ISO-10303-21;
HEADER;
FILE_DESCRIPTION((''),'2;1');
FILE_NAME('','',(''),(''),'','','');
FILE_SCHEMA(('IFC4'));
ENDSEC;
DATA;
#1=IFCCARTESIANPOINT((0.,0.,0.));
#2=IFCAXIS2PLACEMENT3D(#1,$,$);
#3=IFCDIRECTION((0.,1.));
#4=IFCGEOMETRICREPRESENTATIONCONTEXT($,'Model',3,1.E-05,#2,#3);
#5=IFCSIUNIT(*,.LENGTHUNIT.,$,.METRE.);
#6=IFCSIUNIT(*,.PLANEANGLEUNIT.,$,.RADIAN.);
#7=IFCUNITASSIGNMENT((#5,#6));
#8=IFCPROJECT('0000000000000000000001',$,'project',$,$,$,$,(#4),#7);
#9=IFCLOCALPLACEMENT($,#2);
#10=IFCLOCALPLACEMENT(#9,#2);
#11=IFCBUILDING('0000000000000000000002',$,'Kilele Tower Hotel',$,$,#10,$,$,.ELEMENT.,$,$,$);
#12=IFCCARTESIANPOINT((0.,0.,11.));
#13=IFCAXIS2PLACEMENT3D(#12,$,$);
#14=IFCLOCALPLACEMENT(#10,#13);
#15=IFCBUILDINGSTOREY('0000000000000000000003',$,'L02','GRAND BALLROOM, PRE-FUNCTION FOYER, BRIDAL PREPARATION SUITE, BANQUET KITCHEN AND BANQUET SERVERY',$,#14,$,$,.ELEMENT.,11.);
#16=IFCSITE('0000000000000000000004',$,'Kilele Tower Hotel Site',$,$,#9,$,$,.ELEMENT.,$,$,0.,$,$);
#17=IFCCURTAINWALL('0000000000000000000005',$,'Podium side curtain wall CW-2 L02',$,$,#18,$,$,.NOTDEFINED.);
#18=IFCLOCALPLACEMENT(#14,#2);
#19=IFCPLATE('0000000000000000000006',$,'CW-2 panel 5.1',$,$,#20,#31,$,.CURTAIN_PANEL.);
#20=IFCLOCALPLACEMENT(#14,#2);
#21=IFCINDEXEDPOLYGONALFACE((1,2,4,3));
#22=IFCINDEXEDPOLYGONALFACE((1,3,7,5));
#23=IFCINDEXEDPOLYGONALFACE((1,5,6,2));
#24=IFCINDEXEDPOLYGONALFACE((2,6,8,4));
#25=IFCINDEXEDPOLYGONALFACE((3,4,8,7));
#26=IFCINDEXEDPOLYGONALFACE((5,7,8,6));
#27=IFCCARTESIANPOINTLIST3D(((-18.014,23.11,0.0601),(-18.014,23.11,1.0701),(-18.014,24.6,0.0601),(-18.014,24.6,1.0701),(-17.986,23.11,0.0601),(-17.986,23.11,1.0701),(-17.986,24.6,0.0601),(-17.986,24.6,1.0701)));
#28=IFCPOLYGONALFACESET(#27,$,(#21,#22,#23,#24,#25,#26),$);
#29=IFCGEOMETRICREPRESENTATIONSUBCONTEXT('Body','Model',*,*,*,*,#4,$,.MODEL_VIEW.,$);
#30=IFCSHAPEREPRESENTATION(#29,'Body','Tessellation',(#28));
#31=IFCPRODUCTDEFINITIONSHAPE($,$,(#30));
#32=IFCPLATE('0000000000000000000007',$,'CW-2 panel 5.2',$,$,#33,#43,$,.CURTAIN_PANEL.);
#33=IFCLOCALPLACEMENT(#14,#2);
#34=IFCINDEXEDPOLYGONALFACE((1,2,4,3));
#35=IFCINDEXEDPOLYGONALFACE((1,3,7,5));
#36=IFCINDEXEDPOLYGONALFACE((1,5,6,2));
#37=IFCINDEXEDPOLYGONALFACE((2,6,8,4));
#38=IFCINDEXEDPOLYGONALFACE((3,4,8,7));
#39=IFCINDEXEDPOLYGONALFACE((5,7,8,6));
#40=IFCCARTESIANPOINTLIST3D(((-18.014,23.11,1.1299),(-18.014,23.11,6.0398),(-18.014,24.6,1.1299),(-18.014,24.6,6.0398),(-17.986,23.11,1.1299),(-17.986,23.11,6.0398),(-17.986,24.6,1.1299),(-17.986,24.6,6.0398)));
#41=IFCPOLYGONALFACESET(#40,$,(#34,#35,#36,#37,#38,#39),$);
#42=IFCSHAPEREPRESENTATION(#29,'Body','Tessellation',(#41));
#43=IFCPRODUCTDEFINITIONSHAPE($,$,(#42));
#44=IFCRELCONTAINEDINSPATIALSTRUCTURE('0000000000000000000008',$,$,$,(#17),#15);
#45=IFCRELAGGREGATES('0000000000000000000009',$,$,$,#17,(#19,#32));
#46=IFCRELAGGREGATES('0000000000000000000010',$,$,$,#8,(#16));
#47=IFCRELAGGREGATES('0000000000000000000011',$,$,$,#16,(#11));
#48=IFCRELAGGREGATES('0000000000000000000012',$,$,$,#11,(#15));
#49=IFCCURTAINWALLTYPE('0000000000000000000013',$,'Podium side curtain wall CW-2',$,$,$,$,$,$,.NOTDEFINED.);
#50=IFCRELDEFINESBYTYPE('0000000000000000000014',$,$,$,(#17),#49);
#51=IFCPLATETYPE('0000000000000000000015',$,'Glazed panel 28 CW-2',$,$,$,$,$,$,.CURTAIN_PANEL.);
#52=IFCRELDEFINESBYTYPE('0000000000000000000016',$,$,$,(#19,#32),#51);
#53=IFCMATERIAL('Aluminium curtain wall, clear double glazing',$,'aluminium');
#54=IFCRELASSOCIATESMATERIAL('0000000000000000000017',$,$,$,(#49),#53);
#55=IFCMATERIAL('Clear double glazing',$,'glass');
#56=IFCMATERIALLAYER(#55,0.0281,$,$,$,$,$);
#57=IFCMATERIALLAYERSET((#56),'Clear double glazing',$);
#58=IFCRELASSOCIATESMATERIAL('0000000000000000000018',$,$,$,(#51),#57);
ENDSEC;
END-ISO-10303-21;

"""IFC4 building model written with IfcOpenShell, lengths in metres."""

from ifc_helpers import new_model, si_unit, direction, frame, origin, origin_2d, place, context, subcontext, project, spatial, rectangle, extrude, material, layer, layer_set, type_object, element, aggregate, save


model = new_model("IFC4")

# Units and contexts
model_context = context("Model", 3, precision=1e-05, world=origin(), true_north=direction((0.0, 1.0)))
body_context = subcontext(model_context, "Body", "Model", "MODEL_VIEW")
ifc_project = project(units=[si_unit("LENGTHUNIT", "METRE"), si_unit("PLANEANGLEUNIT", "RADIAN")], contexts=[model_context])

# Site, building, storey
site_placement = place(None, origin())
site = spatial("IfcSite", under=ifc_project, at=site_placement, Name="Kilele Tower Hotel Site", CompositionType="ELEMENT", RefElevation=0.0)
building_placement = place(site_placement, origin())
building = spatial("IfcBuilding", under=site, at=building_placement, Name="Kilele Tower Hotel", CompositionType="ELEMENT")
storey_placement = place(building_placement, frame((0.0, 0.0, 11.0)))
storey = spatial("IfcBuildingStorey", under=building, at=storey_placement, Name="L02", Description="GRAND BALLROOM, PRE-FUNCTION FOYER, BRIDAL PREPARATION SUITE, BANQUET KITCHEN AND BANQUET SERVERY", CompositionType="ELEMENT", Elevation=11.0)

# Curtain wall
ifc_material_1 = material(Name="Aluminium curtain wall, clear double glazing", Category="aluminium")
curtain_wall_type = type_object("IfcCurtainWallType", Name="Podium side curtain wall CW-2", PredefinedType="NOTDEFINED", material=ifc_material_1)
curtain_wall_1_placement = place(storey_placement, origin())
curtain_wall_1 = element("IfcCurtainWall", 1, at=curtain_wall_1_placement, inside=storey, type_object=curtain_wall_type, Name="Podium side curtain wall CW-2 L02", PredefinedType="NOTDEFINED")

# Plates
ifc_material_2 = material(Name="Clear double glazing", Category="glass")
ifc_layer = layer(ifc_material_2, 0.0281)
ifc_layer_set = layer_set([ifc_layer], Name="Clear double glazing")
plate_type = type_object("IfcPlateType", Name="Glazed panel 28 CW-2", PredefinedType="CURTAIN_PANEL", material=ifc_layer_set)
plate_1_placement = place(storey_placement, frame((-18.0, 23.855, 0.0601), z_axis=(0.0, 0.0, 1.0), x_axis=(0.0, -1.0, 0.0)))
plate_1 = element("IfcPlate", 2, at=plate_1_placement, type_object=plate_type, Name="CW-2 panel 5.1", PredefinedType="CURTAIN_PANEL", context=body_context, shape_type="SweptSolid", body=[
    extrude(rectangle(XDim=1.49, YDim=0.0281, at=origin_2d()), origin(), (0.0, 0.0, 1.0), 1.01),
])
plate_2_placement = place(storey_placement, frame((-18.0, 23.855, 1.1299), z_axis=(0.0, 0.0, 1.0), x_axis=(0.0, -1.0, 0.0)))
plate_2 = element("IfcPlate", 3, at=plate_2_placement, type_object=plate_type, Name="CW-2 panel 5.2", PredefinedType="CURTAIN_PANEL", context=body_context, shape_type="SweptSolid", body=[
    extrude(rectangle(XDim=1.49, YDim=0.0281, at=origin_2d()), origin(), (0.0, 0.0, 1.0), 4.9099),
])
aggregate(curtain_wall_1, [plate_1, plate_2])

save(model, "model.ifc")
